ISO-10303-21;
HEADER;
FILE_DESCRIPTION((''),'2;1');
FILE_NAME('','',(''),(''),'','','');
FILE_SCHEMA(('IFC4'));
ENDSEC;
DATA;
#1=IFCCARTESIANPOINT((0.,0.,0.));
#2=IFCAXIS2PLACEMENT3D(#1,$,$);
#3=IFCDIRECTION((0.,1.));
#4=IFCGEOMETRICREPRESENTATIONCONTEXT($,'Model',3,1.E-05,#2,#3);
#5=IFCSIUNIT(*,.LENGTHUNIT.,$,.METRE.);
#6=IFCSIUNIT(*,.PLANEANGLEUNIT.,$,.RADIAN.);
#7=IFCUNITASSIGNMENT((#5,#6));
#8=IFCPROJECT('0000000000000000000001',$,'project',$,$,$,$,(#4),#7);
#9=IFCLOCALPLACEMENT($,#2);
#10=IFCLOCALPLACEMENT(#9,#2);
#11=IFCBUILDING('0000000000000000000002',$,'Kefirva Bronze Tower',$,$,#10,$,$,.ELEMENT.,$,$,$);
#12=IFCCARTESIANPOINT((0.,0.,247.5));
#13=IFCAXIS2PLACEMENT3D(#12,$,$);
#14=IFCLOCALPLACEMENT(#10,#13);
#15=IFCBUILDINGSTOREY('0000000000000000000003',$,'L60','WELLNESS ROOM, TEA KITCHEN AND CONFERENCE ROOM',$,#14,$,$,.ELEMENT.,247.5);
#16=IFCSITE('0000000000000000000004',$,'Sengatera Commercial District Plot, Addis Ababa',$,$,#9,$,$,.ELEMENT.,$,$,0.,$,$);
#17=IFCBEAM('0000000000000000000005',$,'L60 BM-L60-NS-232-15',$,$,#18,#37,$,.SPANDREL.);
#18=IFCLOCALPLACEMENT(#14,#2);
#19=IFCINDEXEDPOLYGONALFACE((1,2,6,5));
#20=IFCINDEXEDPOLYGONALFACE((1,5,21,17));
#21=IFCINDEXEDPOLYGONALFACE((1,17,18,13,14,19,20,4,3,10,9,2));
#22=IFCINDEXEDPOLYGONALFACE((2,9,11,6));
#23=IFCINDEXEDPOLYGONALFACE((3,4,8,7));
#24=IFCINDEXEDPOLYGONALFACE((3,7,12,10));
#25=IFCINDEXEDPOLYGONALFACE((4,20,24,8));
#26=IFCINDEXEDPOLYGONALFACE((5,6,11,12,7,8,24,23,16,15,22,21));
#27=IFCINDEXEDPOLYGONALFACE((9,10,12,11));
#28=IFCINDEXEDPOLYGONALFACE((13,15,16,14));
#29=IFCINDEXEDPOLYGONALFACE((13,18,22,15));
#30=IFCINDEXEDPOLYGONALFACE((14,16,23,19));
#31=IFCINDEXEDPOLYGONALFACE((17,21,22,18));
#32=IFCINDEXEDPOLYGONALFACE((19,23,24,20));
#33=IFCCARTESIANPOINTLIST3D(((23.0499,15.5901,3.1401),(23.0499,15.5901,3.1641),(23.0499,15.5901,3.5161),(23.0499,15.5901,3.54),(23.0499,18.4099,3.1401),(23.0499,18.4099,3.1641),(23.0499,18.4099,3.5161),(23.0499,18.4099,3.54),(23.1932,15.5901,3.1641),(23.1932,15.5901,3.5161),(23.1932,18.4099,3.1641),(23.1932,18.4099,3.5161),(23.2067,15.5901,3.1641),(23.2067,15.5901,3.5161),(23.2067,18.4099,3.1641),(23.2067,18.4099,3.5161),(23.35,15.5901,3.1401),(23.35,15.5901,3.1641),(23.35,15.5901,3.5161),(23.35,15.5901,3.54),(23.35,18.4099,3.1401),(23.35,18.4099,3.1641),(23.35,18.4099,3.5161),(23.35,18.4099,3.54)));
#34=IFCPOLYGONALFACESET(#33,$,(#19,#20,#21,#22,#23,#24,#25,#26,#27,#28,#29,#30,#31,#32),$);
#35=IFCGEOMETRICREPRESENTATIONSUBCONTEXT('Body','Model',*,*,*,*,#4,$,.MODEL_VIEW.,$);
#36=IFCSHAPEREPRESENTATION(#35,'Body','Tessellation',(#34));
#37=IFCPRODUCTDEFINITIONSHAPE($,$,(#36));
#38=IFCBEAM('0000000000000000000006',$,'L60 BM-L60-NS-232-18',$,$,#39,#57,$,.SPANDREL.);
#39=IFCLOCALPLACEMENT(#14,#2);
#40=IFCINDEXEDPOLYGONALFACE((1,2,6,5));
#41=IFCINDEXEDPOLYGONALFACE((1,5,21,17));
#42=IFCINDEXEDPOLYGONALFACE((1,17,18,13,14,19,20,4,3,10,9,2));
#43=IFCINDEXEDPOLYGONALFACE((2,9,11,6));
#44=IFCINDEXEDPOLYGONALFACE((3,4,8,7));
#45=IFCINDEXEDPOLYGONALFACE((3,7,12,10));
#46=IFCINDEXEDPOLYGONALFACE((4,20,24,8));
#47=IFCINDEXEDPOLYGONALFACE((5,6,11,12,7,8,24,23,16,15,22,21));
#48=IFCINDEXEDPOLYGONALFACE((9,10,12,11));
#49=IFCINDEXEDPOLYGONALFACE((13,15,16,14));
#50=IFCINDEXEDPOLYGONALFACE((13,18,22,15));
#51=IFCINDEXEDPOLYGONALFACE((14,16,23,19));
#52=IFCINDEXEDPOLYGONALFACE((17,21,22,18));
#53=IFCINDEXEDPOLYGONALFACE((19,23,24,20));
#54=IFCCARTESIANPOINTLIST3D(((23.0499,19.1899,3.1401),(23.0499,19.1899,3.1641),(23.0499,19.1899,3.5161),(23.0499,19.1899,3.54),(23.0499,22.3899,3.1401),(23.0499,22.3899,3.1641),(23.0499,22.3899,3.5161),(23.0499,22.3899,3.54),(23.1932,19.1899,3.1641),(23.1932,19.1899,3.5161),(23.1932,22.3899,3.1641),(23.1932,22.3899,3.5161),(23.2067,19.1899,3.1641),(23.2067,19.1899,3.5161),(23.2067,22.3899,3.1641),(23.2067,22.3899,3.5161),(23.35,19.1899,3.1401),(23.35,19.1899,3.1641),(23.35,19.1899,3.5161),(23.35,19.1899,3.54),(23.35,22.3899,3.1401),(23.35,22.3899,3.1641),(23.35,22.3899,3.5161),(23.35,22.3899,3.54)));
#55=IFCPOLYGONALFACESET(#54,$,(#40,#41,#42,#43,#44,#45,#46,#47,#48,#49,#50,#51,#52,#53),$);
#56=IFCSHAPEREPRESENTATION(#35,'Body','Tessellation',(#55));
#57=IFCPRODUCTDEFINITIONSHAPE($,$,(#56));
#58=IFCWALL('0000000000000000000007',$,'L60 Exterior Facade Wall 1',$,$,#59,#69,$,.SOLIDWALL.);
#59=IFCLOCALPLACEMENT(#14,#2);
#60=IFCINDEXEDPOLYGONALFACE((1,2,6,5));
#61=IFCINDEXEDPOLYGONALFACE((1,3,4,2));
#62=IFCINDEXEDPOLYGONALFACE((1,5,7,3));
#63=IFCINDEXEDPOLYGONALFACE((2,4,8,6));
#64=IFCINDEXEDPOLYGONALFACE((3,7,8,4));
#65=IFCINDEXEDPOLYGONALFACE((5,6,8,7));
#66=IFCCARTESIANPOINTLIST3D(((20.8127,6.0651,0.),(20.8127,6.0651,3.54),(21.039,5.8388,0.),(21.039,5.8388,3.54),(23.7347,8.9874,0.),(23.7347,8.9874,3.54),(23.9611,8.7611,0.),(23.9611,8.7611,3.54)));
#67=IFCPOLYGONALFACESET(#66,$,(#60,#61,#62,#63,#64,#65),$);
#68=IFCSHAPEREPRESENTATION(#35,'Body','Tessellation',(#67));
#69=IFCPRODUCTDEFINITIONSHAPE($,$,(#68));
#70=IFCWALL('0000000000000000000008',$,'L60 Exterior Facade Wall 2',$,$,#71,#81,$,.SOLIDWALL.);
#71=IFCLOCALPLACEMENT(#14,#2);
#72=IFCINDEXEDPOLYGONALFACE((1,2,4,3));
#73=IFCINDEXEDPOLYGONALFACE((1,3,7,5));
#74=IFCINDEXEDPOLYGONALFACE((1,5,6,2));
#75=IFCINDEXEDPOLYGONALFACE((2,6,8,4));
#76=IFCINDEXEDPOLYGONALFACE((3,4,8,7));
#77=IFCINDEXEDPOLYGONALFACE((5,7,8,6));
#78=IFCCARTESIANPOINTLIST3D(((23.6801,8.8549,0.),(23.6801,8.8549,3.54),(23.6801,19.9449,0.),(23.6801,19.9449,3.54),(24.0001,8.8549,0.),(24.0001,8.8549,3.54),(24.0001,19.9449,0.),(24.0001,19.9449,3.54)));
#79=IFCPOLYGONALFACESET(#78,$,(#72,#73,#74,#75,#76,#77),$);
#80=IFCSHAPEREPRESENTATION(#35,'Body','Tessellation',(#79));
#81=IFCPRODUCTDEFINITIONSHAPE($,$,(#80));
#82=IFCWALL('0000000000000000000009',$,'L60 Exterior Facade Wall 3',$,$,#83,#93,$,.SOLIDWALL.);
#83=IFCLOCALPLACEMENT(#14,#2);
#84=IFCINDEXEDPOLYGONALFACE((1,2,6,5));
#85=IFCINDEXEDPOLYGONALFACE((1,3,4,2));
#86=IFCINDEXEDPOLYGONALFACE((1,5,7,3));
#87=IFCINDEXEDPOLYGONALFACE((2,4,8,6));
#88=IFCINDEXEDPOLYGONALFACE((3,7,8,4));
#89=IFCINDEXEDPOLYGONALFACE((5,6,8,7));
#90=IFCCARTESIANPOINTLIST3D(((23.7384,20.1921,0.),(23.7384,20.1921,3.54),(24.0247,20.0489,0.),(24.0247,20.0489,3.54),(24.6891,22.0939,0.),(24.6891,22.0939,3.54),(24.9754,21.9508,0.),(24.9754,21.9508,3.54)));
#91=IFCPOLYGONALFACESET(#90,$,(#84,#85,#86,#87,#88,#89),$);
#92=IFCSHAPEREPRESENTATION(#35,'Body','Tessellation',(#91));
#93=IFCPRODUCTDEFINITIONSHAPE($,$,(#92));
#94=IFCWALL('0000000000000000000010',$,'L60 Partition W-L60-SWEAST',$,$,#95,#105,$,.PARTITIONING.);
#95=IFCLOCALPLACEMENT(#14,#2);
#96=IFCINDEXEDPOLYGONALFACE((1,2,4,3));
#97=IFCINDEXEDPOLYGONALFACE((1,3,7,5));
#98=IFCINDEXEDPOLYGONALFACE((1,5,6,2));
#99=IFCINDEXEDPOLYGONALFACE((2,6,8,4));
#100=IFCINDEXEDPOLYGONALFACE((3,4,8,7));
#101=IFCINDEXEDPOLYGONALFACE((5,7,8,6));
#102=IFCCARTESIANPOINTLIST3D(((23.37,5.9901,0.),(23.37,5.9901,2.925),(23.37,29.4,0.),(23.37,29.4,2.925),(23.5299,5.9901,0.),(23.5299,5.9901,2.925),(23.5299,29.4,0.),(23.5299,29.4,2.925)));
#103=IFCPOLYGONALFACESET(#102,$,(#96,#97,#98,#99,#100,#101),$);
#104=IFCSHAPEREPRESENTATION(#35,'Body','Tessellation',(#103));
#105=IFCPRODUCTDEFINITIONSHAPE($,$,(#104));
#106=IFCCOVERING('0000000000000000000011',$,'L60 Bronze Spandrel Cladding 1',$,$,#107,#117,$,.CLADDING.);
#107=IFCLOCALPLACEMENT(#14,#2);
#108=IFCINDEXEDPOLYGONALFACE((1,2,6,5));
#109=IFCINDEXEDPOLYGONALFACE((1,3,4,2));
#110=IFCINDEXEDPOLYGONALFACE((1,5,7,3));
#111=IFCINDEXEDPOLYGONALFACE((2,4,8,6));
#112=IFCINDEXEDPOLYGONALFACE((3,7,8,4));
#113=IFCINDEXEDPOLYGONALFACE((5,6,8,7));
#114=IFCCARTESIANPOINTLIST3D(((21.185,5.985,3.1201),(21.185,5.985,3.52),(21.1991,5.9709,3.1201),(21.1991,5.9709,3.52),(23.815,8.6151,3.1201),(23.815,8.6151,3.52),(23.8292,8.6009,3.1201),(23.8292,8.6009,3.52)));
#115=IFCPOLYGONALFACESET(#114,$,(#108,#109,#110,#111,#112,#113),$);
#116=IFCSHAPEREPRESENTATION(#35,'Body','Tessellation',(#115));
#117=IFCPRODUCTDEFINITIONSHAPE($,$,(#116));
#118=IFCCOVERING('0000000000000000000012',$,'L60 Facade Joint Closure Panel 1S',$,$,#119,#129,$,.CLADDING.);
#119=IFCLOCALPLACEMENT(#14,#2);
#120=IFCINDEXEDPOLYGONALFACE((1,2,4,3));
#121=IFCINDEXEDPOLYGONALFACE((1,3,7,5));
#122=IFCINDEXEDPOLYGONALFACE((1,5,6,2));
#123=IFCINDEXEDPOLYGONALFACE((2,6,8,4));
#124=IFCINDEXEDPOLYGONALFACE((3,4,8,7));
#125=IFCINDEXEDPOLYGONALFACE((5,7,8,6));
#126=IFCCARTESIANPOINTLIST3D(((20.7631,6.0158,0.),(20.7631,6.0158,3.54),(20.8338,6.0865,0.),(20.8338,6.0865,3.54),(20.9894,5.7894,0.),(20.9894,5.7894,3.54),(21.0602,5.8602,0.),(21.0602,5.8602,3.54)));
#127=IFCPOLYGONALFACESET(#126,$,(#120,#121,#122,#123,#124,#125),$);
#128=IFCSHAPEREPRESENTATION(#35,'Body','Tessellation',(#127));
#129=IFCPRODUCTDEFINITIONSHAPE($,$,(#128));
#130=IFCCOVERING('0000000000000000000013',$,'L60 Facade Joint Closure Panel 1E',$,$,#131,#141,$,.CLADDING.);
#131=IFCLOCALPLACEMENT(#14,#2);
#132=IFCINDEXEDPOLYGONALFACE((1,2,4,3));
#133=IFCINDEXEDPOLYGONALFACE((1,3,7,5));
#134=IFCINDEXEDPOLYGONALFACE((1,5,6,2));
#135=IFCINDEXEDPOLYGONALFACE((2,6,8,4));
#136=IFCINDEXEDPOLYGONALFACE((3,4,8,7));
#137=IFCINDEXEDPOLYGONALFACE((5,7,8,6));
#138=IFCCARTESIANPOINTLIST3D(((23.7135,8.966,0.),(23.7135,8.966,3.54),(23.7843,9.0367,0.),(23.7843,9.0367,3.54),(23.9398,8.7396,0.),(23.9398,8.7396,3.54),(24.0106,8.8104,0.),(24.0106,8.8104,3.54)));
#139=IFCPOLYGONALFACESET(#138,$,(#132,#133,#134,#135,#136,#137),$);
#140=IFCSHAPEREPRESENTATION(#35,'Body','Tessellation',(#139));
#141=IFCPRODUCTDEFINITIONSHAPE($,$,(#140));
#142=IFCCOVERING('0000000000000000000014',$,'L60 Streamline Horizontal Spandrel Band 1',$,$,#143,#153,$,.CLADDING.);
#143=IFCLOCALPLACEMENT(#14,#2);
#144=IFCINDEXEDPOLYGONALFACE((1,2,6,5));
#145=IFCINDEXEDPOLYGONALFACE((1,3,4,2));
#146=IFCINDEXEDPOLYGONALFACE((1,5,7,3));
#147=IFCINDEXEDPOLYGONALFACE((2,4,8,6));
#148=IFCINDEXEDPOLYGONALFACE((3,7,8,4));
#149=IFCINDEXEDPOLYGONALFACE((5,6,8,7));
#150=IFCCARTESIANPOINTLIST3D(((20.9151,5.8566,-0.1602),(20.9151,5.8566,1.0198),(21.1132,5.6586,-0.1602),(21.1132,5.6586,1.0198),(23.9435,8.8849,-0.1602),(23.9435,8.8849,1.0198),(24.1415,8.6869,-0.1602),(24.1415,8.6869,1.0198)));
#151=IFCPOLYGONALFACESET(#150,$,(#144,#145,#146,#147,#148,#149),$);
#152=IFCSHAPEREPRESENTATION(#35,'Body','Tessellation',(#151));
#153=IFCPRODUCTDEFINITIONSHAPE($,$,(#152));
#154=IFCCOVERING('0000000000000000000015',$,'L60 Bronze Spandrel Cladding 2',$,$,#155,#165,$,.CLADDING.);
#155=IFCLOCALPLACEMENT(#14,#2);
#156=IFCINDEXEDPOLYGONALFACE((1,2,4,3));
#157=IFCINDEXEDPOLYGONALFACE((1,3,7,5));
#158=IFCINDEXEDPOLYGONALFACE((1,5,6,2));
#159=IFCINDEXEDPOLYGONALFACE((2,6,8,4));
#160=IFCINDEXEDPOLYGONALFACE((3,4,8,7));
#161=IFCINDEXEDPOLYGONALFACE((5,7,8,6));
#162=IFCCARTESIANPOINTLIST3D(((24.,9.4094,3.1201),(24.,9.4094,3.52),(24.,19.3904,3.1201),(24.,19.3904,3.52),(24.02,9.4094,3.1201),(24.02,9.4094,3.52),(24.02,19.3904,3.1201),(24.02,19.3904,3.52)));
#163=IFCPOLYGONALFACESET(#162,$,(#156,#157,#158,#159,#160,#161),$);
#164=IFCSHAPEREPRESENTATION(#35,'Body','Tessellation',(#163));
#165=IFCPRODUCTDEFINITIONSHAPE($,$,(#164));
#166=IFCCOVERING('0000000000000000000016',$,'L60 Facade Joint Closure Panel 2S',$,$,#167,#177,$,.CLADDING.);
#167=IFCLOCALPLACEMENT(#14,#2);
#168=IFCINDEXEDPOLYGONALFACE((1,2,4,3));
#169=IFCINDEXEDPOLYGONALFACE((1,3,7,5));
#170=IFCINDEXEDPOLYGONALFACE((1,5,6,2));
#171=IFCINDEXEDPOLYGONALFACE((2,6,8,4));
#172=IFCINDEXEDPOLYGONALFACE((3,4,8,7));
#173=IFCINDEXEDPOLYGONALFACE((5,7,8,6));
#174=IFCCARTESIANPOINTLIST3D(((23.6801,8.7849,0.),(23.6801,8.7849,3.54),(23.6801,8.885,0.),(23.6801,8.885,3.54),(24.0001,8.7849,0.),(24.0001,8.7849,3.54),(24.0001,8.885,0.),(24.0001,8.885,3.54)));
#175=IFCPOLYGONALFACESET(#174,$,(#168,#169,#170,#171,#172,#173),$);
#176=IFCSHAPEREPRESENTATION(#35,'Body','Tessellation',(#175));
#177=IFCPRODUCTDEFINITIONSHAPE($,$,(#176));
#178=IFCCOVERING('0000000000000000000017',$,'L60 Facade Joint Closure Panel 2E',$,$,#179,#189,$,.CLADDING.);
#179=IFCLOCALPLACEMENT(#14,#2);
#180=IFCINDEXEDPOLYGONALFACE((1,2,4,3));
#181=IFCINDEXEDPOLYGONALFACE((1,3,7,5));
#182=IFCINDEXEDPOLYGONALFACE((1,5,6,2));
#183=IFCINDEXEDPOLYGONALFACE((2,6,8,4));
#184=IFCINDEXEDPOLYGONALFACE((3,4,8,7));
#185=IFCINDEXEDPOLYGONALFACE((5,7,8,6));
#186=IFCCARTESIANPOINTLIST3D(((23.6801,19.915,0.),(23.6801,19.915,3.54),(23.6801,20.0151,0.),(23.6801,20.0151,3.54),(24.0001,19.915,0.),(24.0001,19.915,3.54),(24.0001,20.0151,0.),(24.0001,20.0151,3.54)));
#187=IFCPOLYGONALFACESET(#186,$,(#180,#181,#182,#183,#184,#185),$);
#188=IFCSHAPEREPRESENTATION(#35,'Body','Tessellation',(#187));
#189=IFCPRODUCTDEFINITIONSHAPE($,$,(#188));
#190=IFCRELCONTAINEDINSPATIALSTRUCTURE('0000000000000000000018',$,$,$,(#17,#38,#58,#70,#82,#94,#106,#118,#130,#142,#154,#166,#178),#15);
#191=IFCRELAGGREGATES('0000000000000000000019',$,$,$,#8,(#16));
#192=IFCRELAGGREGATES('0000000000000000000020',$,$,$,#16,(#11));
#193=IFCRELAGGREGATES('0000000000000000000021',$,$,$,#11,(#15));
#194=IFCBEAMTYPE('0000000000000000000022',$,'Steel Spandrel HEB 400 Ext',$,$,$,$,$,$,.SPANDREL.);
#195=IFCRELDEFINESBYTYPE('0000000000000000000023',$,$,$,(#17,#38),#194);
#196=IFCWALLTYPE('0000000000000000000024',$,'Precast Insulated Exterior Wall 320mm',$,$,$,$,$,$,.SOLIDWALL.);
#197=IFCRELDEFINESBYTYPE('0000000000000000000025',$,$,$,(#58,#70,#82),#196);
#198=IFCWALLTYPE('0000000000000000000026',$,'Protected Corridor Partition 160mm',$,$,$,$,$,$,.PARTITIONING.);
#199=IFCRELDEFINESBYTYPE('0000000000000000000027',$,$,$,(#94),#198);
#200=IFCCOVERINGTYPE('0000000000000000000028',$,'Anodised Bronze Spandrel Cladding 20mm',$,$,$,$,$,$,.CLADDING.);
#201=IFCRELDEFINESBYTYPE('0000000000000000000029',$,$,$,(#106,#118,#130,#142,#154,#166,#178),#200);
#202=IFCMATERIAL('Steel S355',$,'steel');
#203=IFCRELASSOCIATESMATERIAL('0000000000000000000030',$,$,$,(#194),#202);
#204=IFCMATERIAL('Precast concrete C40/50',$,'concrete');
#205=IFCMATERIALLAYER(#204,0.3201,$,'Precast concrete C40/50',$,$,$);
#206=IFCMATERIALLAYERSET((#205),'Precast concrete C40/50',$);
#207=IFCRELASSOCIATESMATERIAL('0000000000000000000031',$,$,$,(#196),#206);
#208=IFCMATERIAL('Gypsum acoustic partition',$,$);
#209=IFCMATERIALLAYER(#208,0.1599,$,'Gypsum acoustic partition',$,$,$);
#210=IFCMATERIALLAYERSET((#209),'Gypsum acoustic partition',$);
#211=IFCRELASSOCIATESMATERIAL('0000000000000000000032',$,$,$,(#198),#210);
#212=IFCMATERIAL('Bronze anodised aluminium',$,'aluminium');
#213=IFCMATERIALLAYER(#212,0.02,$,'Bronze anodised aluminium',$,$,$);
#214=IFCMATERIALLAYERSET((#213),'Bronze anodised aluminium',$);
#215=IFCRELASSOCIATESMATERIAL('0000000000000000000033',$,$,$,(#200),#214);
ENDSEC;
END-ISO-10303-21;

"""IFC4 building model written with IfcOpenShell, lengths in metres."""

from ifc_helpers import new_model, si_unit, direction, frame, frame_2d, origin, origin_2d, place, context, subcontext, project, spatial, rectangle, i_section, extrude, material, layer, layer_set, material_profile, profile_set, type_object, element, save


model = new_model("IFC4")

# Units and contexts
model_context = context("Model", 3, precision=1e-05, world=origin(), true_north=direction((0.0, 1.0)))
body_context = subcontext(model_context, "Body", "Model", "MODEL_VIEW")
ifc_project = project(units=[si_unit("LENGTHUNIT", "METRE"), si_unit("PLANEANGLEUNIT", "RADIAN")], contexts=[model_context])

# Site, building, storey
site_placement = place(None, origin())
site = spatial("IfcSite", under=ifc_project, at=site_placement, Name="Sengatera Commercial District Plot, Addis Ababa", CompositionType="ELEMENT", RefElevation=0.0)
building_placement = place(site_placement, origin())
building = spatial("IfcBuilding", under=site, at=building_placement, Name="Kefirva Bronze Tower", CompositionType="ELEMENT")
storey_placement = place(building_placement, frame((0.0, 0.0, 247.5)))
storey = spatial("IfcBuildingStorey", under=building, at=storey_placement, Name="L60", Description="WELLNESS ROOM, TEA KITCHEN AND CONFERENCE ROOM", CompositionType="ELEMENT", Elevation=247.5)

# Shared definitions
ifc_material_1 = material(Name="Bronze anodised aluminium", Category="aluminium")

# Beams
ifc_material_2 = material(Name="Steel S355", Category="steel")
ifc_material_profile_1 = material_profile(ifc_material_2, i_section(OverallWidth=0.3, OverallDepth=0.3999, WebThickness=0.0134, FlangeThickness=0.0239, at=origin_2d()), Name="HEB 400")
ifc_profile_set_1 = profile_set([ifc_material_profile_1], Name="Steel S355")
beam_type_1 = type_object("IfcBeamType", Name="Steel Spandrel HEB 400 Ext", PredefinedType="SPANDREL", material=ifc_profile_set_1)
beam_1_placement = place(storey_placement, frame((23.2, 15.5901, 3.3401), z_axis=(0.0, 1.0, 0.0), x_axis=(-1.0, 0.0, 0.0)))
element("IfcBeam", 1, at=beam_1_placement, inside=storey, type_object=beam_type_1, Name="L60 BM-L60-NS-232-15", PredefinedType="SPANDREL", context=body_context, shape_type="SweptSolid", body=[
    extrude(i_section(OverallWidth=0.3, OverallDepth=0.3999, WebThickness=0.0134, FlangeThickness=0.0239, at=origin_2d()), origin(), (0.0, 0.0, 1.0), 2.8198),
])
beam_2_placement = place(storey_placement, frame((23.2, 19.1899, 3.3401), z_axis=(0.0, 1.0, 0.0), x_axis=(-1.0, 0.0, 0.0)))
element("IfcBeam", 2, at=beam_2_placement, inside=storey, type_object=beam_type_1, Name="L60 BM-L60-NS-232-18", PredefinedType="SPANDREL", context=body_context, shape_type="SweptSolid", body=[
    extrude(i_section(OverallWidth=0.3, OverallDepth=0.3999, WebThickness=0.0134, FlangeThickness=0.0239, at=origin_2d()), origin(), (0.0, 0.0, 1.0), 3.2),
])

# Walls
ifc_material_3 = material(Name="Precast concrete C40/50", Category="concrete")
ifc_layer_1 = layer(ifc_material_3, 0.3201, Name="Precast concrete C40/50")
ifc_layer_set_1 = layer_set([ifc_layer_1], Name="Precast concrete C40/50")
wall_type_1 = type_object("IfcWallType", Name="Precast Insulated Exterior Wall 320mm", PredefinedType="SOLIDWALL", material=ifc_layer_set_1)
wall_1_placement = place(storey_placement, frame((20.9258, 5.9519, 0.0), z_axis=(0.0, 0.0, 1.0), x_axis=(0.707077, 0.707136, 0.0)))
element("IfcWall", 3, at=wall_1_placement, inside=storey, type_object=wall_type_1, Name="L60 Exterior Facade Wall 1", PredefinedType="SOLIDWALL", context=body_context, shape_type="SweptSolid", body=[
    extrude(rectangle(XDim=4.1326, YDim=0.3201, at=frame_2d((2.0664, 0.0))), origin(), (0.0, 0.0, 1.0), 3.54),
])
wall_2_placement = place(storey_placement, frame((23.8401, 8.855, 0.0), z_axis=(0.0, 0.0, 1.0), x_axis=(0.0, 1.0, 0.0)))
element("IfcWall", 4, at=wall_2_placement, inside=storey, type_object=wall_type_1, Name="L60 Exterior Facade Wall 2", PredefinedType="SOLIDWALL", context=body_context, shape_type="SweptSolid", body=[
    extrude(rectangle(XDim=11.0901, YDim=0.3201, at=frame_2d((5.5449, 0.0))), origin(), (0.0, 0.0, 1.0), 3.54),
])
wall_3_placement = place(storey_placement, frame((23.8816, 20.1206, 0.0), z_axis=(0.0, 0.0, 1.0), x_axis=(0.447122, 0.894473, 0.0)))
element("IfcWall", 5, at=wall_3_placement, inside=storey, type_object=wall_type_1, Name="L60 Exterior Facade Wall 3", PredefinedType="SOLIDWALL", context=body_context, shape_type="SweptSolid", body=[
    extrude(rectangle(XDim=2.1262, YDim=0.3201, at=frame_2d((1.063, 0.0))), origin(), (0.0, 0.0, 1.0), 3.54),
])
ifc_material_4 = material(Name="Gypsum acoustic partition")
ifc_layer_2 = layer(ifc_material_4, 0.1599, Name="Gypsum acoustic partition")
ifc_layer_set_2 = layer_set([ifc_layer_2], Name="Gypsum acoustic partition")
wall_type_2 = type_object("IfcWallType", Name="Protected Corridor Partition 160mm", PredefinedType="PARTITIONING", material=ifc_layer_set_2)
wall_4_placement = place(storey_placement, frame((23.45, 5.99, 0.0), z_axis=(0.0, 0.0, 1.0), x_axis=(0.0, 1.0, 0.0)))
element("IfcWall", 6, at=wall_4_placement, inside=storey, type_object=wall_type_2, Name="L60 Partition W-L60-SWEAST", PredefinedType="PARTITIONING", context=body_context, shape_type="SweptSolid", body=[
    extrude(rectangle(XDim=23.4099, YDim=0.1599, at=frame_2d((11.7051, 0.0))), origin(), (0.0, 0.0, 1.0), 2.925),
])

# Coverings
ifc_layer_3 = layer(ifc_material_1, 0.02, Name="Bronze anodised aluminium")
ifc_layer_set_3 = layer_set([ifc_layer_3], Name="Bronze anodised aluminium")
covering_type_1 = type_object("IfcCoveringType", Name="Anodised Bronze Spandrel Cladding 20mm", PredefinedType="CLADDING", material=ifc_layer_set_3)
covering_1_placement = place(storey_placement, frame((22.5071, 7.293, 3.1201), z_axis=(0.0, 0.0, 1.0), x_axis=(0.707107, 0.707107, 0.0)))
element("IfcCovering", 7, at=covering_1_placement, inside=storey, type_object=covering_type_1, Name="L60 Bronze Spandrel Cladding 1", PredefinedType="CLADDING", context=body_context, shape_type="SweptSolid", body=[
    extrude(rectangle(XDim=3.7195, YDim=0.02, at=origin_2d()), origin(), (0.0, 0.0, 1.0), 0.3999),
])
for number, where, z_axis, x_axis, name in (
    (8, (20.9116, 5.938, 0.0), (0.0, 0.0, 1.0), (0.707107, 0.707107, 0.0), "L60 Facade Joint Closure Panel 1S"),
    (9, (23.8621, 8.8882, 0.0), (0.0, 0.0, 1.0), (0.707107, 0.707107, 0.0), "L60 Facade Joint Closure Panel 1E"),
):
    element("IfcCovering", number, at=place(storey_placement, frame(where, z_axis=z_axis, x_axis=x_axis)), inside=storey, type_object=covering_type_1, Name=name, PredefinedType="CLADDING", context=body_context, shape_type="SweptSolid", body=[
        extrude(rectangle(XDim=0.1001, YDim=0.3201, at=origin_2d()), origin(), (0.0, 0.0, 1.0), 3.54),
    ])
covering_2_placement = place(storey_placement, frame((22.5283, 7.2717, -0.1602), z_axis=(0.0, 0.0, 1.0), x_axis=(0.707107, 0.707107, 0.0)))
element("IfcCovering", 10, at=covering_2_placement, inside=storey, type_object=covering_type_1, Name="L60 Streamline Horizontal Spandrel Band 1", PredefinedType="CLADDING", context=body_context, shape_type="SweptSolid", body=[
    extrude(rectangle(XDim=4.2827, YDim=0.28, at=origin_2d()), origin(), (0.0, 0.0, 1.0), 1.1799),
])
covering_3_placement = place(storey_placement, frame((24.01, 14.3999, 3.1201), z_axis=(0.0, 0.0, 1.0), x_axis=(0.0, 1.0, 0.0)))
element("IfcCovering", 11, at=covering_3_placement, inside=storey, type_object=covering_type_1, Name="L60 Bronze Spandrel Cladding 2", PredefinedType="CLADDING", context=body_context, shape_type="SweptSolid", body=[
    extrude(rectangle(XDim=9.981, YDim=0.02, at=origin_2d()), origin(), (0.0, 0.0, 1.0), 0.3999),
])
for number, where, z_axis, x_axis, name in (
    (12, (23.8401, 8.835, 0.0), (0.0, 0.0, 1.0), (0.0, 1.0, 0.0), "L60 Facade Joint Closure Panel 2S"),
    (13, (23.8401, 19.9651, 0.0), (0.0, 0.0, 1.0), (0.0, 1.0, 0.0), "L60 Facade Joint Closure Panel 2E"),
):
    element("IfcCovering", number, at=place(storey_placement, frame(where, z_axis=z_axis, x_axis=x_axis)), inside=storey, type_object=covering_type_1, Name=name, PredefinedType="CLADDING", context=body_context, shape_type="SweptSolid", body=[
        extrude(rectangle(XDim=0.1001, YDim=0.3201, at=origin_2d()), origin(), (0.0, 0.0, 1.0), 3.54),
    ])

save(model, "model.ifc")
